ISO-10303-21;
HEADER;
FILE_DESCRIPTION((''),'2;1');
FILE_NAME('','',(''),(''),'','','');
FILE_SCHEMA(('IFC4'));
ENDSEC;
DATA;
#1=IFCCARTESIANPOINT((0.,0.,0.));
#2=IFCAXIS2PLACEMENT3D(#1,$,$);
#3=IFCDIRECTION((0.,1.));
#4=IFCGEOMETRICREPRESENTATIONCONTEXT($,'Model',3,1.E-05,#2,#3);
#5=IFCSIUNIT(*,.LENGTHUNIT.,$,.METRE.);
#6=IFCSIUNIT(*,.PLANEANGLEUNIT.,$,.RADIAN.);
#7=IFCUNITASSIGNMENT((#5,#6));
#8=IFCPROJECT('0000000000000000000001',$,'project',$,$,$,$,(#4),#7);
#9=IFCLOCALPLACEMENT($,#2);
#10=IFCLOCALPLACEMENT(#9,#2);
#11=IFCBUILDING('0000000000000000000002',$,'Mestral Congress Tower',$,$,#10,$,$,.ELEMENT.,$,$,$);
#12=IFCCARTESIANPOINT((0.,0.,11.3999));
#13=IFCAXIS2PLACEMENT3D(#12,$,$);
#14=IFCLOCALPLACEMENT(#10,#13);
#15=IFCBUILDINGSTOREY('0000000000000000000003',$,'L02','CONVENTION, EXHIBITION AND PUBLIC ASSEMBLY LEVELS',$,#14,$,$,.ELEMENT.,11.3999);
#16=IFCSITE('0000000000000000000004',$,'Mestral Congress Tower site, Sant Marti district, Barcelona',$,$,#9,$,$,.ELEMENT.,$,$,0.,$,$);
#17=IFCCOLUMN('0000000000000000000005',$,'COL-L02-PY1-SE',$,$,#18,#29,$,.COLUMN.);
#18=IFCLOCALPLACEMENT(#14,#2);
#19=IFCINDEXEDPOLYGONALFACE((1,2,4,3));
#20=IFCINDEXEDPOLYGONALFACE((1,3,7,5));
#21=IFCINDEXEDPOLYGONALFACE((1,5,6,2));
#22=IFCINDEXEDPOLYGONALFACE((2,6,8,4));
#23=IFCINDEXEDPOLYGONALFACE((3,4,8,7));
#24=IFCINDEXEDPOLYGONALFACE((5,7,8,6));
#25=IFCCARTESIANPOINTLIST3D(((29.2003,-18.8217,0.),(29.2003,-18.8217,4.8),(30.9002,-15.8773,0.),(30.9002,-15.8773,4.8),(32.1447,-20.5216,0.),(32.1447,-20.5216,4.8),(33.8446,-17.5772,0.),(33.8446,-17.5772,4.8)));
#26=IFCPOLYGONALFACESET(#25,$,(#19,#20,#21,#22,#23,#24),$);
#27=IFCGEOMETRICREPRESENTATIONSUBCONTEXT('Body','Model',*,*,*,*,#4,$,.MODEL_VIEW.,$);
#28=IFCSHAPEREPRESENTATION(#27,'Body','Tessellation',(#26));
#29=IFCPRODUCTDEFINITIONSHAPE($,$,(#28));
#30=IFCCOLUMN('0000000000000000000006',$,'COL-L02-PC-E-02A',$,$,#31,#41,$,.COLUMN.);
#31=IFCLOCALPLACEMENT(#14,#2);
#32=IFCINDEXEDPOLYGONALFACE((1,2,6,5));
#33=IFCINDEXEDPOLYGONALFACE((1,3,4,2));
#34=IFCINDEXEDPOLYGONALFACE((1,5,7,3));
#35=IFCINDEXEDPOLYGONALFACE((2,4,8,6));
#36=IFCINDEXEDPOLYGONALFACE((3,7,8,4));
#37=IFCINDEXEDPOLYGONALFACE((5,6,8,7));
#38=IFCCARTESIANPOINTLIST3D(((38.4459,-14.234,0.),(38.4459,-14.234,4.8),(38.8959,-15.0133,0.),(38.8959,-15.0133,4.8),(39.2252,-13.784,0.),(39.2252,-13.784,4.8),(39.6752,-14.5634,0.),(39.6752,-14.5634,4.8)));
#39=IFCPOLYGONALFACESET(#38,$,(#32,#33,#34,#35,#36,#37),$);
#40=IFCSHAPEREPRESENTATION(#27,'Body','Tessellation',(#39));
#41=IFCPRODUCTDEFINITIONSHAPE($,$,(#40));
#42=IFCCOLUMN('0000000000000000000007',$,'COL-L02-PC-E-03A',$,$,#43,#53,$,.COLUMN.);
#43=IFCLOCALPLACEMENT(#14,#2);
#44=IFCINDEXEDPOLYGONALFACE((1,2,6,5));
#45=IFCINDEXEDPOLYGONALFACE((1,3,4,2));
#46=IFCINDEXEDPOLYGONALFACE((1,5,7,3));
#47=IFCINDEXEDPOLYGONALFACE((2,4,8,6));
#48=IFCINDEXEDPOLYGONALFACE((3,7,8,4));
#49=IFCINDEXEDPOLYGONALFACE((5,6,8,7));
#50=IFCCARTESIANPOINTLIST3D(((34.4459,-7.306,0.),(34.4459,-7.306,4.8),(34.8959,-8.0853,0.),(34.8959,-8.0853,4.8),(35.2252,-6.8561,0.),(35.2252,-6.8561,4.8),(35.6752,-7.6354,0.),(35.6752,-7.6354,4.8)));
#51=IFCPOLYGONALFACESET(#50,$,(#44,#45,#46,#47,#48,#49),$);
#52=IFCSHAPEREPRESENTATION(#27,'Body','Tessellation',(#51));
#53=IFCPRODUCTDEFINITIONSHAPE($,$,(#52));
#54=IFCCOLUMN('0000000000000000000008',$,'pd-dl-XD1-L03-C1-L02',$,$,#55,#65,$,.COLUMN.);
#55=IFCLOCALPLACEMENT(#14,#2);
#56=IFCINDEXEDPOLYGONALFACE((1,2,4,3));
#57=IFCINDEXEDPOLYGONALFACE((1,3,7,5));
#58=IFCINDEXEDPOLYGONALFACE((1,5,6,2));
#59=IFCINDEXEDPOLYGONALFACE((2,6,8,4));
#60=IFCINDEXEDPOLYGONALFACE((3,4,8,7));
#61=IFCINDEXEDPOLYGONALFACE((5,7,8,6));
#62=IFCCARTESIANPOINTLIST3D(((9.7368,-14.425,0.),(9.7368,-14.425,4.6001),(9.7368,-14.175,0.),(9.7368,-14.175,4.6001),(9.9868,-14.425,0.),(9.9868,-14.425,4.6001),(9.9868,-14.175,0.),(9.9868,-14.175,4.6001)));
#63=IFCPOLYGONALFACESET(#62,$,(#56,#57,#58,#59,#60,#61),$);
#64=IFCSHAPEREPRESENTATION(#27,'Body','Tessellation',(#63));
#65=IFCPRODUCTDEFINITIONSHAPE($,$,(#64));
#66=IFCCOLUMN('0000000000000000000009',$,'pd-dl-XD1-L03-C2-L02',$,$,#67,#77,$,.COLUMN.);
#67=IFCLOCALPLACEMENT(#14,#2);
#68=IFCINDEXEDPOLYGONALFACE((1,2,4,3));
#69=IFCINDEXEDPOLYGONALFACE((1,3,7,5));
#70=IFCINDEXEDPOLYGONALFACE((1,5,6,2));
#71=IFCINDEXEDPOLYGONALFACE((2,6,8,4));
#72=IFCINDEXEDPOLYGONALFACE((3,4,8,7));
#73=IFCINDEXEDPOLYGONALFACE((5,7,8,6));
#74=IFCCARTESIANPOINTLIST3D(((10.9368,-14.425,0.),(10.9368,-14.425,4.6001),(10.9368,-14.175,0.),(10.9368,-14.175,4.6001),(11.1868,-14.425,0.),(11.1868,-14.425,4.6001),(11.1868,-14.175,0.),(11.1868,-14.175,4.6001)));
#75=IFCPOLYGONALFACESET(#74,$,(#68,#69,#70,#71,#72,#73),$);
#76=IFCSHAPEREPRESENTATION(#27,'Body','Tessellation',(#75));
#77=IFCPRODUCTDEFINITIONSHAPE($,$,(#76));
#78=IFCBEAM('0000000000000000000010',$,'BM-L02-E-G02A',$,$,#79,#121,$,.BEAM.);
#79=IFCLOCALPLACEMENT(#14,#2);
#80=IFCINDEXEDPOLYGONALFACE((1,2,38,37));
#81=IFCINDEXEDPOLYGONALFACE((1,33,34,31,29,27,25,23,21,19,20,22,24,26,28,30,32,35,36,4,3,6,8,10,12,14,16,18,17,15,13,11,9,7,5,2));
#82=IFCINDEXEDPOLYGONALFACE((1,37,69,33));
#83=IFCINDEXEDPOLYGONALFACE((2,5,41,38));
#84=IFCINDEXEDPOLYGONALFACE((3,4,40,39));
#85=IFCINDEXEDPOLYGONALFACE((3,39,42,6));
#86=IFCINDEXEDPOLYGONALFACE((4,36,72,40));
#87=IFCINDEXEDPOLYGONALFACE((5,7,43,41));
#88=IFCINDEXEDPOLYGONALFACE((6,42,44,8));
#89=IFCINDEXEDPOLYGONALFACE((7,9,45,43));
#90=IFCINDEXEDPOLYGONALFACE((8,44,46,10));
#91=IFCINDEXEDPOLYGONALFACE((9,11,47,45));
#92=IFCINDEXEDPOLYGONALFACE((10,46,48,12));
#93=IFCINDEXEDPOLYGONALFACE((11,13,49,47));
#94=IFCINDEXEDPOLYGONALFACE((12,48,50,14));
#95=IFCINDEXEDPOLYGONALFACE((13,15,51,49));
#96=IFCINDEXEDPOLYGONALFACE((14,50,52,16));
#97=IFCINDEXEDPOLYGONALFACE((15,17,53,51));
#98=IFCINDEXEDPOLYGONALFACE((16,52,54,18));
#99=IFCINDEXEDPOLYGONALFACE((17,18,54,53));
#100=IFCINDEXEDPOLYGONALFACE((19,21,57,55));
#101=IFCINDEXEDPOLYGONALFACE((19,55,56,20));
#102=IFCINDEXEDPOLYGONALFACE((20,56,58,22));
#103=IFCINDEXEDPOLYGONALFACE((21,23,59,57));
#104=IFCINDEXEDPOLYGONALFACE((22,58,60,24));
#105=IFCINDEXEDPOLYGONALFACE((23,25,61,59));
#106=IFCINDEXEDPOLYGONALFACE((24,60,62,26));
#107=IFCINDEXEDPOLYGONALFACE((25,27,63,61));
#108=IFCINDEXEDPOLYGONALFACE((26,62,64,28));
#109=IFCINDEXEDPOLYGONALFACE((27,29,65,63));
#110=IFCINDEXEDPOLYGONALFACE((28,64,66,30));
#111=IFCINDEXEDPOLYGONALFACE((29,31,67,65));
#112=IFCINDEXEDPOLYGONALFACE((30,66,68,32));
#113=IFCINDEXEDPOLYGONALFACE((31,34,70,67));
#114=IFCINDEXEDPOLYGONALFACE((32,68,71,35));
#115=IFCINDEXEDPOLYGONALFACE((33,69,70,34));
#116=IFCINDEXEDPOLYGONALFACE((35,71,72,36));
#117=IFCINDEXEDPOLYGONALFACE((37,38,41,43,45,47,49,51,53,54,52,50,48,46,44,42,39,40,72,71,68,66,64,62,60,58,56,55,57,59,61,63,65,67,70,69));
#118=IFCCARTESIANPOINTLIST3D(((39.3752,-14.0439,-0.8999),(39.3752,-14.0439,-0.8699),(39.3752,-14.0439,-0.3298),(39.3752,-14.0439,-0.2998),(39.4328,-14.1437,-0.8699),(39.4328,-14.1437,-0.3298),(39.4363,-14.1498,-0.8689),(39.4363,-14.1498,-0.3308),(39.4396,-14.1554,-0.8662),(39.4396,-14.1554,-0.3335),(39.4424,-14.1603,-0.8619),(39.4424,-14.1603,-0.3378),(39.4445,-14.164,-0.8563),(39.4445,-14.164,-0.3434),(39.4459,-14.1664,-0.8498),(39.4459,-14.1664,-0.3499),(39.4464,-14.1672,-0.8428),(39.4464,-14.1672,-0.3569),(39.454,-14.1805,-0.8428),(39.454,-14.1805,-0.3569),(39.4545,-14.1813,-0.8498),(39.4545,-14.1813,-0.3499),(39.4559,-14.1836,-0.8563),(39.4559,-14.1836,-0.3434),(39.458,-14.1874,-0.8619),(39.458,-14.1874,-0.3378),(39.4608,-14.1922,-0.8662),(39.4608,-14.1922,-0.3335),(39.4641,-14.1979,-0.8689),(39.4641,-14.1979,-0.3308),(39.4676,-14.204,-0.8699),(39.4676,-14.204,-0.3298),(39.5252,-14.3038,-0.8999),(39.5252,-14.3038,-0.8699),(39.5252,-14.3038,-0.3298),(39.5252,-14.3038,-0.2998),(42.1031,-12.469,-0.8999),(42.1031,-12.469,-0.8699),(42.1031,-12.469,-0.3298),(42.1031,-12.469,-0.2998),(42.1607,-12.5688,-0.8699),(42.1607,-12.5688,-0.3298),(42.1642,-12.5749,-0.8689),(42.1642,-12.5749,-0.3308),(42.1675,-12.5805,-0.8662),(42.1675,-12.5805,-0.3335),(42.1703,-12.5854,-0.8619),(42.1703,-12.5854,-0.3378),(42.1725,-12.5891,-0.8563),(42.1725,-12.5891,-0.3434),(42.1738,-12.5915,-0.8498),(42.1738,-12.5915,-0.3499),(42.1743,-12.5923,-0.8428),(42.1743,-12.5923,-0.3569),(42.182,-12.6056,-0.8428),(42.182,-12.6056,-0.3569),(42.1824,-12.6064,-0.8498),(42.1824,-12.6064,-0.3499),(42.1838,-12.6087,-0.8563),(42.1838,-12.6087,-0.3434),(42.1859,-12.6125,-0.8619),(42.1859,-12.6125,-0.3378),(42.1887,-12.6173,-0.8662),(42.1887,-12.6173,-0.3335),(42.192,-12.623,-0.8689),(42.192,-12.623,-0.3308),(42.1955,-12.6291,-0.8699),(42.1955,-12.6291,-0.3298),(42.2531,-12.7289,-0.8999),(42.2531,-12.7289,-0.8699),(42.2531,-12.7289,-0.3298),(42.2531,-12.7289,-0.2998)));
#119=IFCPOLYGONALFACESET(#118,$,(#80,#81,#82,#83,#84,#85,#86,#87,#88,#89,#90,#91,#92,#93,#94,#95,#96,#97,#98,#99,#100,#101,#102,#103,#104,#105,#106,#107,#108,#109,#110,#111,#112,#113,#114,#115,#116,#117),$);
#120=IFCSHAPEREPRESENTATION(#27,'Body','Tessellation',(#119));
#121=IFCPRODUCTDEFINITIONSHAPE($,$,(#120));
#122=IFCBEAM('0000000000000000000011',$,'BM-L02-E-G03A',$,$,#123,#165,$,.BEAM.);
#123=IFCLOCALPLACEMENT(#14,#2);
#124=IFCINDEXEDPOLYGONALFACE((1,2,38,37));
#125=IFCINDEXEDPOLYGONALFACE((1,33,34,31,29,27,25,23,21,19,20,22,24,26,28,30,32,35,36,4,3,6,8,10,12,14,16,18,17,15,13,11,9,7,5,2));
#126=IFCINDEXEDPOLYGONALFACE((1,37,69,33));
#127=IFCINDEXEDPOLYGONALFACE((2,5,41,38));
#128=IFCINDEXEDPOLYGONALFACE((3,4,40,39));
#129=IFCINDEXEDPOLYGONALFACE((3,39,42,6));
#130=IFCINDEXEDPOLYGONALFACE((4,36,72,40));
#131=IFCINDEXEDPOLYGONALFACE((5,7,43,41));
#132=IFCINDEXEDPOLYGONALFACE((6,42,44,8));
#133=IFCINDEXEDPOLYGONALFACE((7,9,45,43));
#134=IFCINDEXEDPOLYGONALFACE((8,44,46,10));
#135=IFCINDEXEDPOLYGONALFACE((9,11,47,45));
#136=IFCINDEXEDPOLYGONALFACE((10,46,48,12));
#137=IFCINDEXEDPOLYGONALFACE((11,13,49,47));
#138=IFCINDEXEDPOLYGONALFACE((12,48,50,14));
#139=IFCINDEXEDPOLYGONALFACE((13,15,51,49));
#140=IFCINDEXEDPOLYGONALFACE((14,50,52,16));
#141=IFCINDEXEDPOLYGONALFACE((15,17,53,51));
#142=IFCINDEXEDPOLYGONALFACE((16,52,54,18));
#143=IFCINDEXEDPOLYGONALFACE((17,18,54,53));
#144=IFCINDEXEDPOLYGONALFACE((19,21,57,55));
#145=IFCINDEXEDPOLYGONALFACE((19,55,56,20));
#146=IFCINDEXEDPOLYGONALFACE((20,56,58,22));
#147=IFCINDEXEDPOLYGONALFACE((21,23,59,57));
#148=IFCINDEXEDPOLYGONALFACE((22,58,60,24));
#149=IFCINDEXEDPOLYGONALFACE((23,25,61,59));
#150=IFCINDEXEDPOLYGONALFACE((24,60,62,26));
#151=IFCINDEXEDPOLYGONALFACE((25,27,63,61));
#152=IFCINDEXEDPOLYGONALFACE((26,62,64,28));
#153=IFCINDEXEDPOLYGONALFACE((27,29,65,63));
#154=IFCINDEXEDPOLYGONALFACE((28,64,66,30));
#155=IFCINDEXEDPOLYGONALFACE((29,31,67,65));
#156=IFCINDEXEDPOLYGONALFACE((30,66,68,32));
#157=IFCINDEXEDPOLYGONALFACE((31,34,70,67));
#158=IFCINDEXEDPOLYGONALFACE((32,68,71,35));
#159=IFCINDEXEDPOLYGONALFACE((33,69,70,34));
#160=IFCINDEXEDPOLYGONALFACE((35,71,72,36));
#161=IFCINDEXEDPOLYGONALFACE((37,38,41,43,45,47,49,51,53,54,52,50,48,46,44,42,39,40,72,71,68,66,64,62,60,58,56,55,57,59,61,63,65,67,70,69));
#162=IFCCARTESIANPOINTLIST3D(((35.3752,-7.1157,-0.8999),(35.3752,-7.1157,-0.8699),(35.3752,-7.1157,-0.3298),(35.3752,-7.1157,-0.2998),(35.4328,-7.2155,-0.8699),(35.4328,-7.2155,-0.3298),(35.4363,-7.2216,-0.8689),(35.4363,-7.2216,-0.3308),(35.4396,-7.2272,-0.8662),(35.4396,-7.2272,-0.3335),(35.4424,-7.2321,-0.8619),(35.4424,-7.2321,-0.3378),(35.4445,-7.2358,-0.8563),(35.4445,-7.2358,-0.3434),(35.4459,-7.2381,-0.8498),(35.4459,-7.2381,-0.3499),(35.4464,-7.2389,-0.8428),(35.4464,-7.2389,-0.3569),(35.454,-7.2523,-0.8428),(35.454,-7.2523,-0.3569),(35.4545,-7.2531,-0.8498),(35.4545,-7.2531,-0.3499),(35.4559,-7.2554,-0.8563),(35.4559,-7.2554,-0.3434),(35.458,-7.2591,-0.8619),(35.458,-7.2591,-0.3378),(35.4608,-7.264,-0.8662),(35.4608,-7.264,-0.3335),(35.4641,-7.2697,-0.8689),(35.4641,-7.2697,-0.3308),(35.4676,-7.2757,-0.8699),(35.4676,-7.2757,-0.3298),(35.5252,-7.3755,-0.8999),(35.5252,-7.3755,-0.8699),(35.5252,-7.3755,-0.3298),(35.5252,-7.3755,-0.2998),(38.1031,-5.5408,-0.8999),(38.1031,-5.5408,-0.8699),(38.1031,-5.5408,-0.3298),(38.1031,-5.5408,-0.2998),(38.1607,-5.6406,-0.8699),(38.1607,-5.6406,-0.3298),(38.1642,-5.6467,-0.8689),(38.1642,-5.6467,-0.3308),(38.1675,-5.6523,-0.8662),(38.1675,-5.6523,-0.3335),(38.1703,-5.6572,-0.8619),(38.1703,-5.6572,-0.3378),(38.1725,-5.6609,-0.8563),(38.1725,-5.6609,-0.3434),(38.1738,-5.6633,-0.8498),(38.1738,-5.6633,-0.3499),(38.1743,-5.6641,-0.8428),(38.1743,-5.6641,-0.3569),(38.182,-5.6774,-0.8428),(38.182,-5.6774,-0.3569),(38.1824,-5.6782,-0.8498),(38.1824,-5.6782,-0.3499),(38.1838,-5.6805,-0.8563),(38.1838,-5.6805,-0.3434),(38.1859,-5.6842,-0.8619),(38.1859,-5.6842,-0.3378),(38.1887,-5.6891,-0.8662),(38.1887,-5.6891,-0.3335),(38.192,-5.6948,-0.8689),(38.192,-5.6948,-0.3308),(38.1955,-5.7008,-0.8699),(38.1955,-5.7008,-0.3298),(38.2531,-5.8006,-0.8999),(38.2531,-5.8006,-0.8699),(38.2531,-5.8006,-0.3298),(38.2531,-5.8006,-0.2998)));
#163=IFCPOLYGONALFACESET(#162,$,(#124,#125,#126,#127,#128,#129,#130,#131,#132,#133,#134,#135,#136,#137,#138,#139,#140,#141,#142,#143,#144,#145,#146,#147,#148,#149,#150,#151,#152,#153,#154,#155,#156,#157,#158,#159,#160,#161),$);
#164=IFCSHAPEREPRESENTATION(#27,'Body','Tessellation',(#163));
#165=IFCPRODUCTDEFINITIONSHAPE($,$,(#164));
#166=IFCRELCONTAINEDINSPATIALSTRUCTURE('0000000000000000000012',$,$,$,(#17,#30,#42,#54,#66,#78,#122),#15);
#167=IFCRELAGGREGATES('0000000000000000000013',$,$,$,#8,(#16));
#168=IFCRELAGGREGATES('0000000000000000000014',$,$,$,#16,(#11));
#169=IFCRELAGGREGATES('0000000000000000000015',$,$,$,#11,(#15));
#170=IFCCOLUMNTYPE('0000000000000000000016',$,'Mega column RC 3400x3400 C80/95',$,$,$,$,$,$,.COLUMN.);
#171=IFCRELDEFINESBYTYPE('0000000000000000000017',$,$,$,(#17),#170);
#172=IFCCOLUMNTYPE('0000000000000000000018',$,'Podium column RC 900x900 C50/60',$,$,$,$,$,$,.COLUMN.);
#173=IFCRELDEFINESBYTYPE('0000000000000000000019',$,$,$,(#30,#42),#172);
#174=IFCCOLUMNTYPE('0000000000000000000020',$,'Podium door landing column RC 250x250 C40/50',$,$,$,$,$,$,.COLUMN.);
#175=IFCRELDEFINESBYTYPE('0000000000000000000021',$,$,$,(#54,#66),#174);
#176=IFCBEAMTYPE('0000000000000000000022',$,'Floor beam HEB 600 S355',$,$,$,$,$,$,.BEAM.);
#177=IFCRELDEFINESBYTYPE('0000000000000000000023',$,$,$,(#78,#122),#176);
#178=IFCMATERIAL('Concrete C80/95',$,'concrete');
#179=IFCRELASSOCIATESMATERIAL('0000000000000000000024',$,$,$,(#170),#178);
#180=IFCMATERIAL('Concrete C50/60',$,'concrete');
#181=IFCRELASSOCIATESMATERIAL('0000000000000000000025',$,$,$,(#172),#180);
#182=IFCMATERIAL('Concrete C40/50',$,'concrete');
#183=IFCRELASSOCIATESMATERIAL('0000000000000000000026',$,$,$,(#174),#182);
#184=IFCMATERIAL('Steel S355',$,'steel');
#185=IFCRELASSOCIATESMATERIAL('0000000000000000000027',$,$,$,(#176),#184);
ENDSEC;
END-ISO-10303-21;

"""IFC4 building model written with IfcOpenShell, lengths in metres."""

from ifc_helpers import new_model, si_unit, direction, frame, origin, origin_2d, place, context, subcontext, project, spatial, rectangle, i_section, extrude, material, material_profile, profile_set, type_object, element, save


model = new_model("IFC4")

# Units and contexts
model_context = context("Model", 3, precision=1e-05, world=origin(), true_north=direction((0.0, 1.0)))
body_context = subcontext(model_context, "Body", "Model", "MODEL_VIEW")
ifc_project = project(units=[si_unit("LENGTHUNIT", "METRE"), si_unit("PLANEANGLEUNIT", "RADIAN")], contexts=[model_context])

# Site, building, storey
site_placement = place(None, origin())
site = spatial("IfcSite", under=ifc_project, at=site_placement, Name="Mestral Congress Tower site, Sant Marti district, Barcelona", CompositionType="ELEMENT", RefElevation=0.0)
building_placement = place(site_placement, origin())
building = spatial("IfcBuilding", under=site, at=building_placement, Name="Mestral Congress Tower", CompositionType="ELEMENT")
storey_placement = place(building_placement, frame((0.0, 0.0, 11.3999)))
storey = spatial("IfcBuildingStorey", under=building, at=storey_placement, Name="L02", Description="CONVENTION, EXHIBITION AND PUBLIC ASSEMBLY LEVELS", CompositionType="ELEMENT", Elevation=11.3999)

# Columns
ifc_material_1 = material(Name="Concrete C80/95", Category="concrete")
ifc_material_profile_1 = material_profile(ifc_material_1, rectangle(XDim=3.3999, YDim=3.3999, at=origin_2d()), Name="RC 3400x3400")
ifc_profile_set_1 = profile_set([ifc_material_profile_1], Name="Concrete C80/95")
column_type_1 = type_object("IfcColumnType", Name="Mega column RC 3400x3400 C80/95", PredefinedType="COLUMN", material=ifc_profile_set_1)
column_placement = place(storey_placement, frame((31.5225, -18.1995, 0.0), z_axis=(0.0, 0.0, 1.0), x_axis=(0.866025, -0.5, 0.0)))
element("IfcColumn", 1, at=column_placement, inside=storey, type_object=column_type_1, Name="COL-L02-PY1-SE", PredefinedType="COLUMN", context=body_context, shape_type="SweptSolid", body=[
    extrude(rectangle(XDim=3.3999, YDim=3.3999, at=origin_2d()), origin(), (0.0, 0.0, 1.0), 4.8),
])
ifc_material_2 = material(Name="Concrete C50/60", Category="concrete")
ifc_material_profile_2 = material_profile(ifc_material_2, rectangle(XDim=0.8999, YDim=0.8999, at=origin_2d()), Name="RC 900x900")
ifc_profile_set_2 = profile_set([ifc_material_profile_2], Name="Concrete C50/60")
column_type_2 = type_object("IfcColumnType", Name="Podium column RC 900x900 C50/60", PredefinedType="COLUMN", material=ifc_profile_set_2)
for number, where, z_axis, x_axis, name in (
    (2, (39.0605, -14.3987, 0.0), (0.0, 0.0, 1.0), (-0.5, 0.866025, 0.0), "COL-L02-PC-E-02A"),
    (3, (35.0605, -7.4707, 0.0), (0.0, 0.0, 1.0), (-0.5, 0.866025, 0.0), "COL-L02-PC-E-03A"),
):
    element("IfcColumn", number, at=place(storey_placement, frame(where, z_axis=z_axis, x_axis=x_axis)), inside=storey, type_object=column_type_2, Name=name, PredefinedType="COLUMN", context=body_context, shape_type="SweptSolid", body=[
        extrude(rectangle(XDim=0.8999, YDim=0.8999, at=origin_2d()), origin(), (0.0, 0.0, 1.0), 4.8),
    ])
ifc_material_3 = material(Name="Concrete C40/50", Category="concrete")
ifc_material_profile_3 = material_profile(ifc_material_3, rectangle(XDim=0.25, YDim=0.25, at=origin_2d()), Name="RC 250x250")
ifc_profile_set_3 = profile_set([ifc_material_profile_3], Name="Concrete C40/50")
column_type_3 = type_object("IfcColumnType", Name="Podium door landing column RC 250x250 C40/50", PredefinedType="COLUMN", material=ifc_profile_set_3)
for number, where, z_axis, x_axis, name in (
    (4, (9.8618, -14.3, 0.0), (0.0, 0.0, 1.0), (1.0, 0.0, 0.0), "pd-dl-XD1-L03-C1-L02"),
    (5, (11.0618, -14.3, 0.0), (0.0, 0.0, 1.0), (1.0, 0.0, 0.0), "pd-dl-XD1-L03-C2-L02"),
):
    element("IfcColumn", number, at=place(storey_placement, frame(where, z_axis=z_axis, x_axis=x_axis)), inside=storey, type_object=column_type_3, Name=name, PredefinedType="COLUMN", context=body_context, shape_type="SweptSolid", body=[
        extrude(rectangle(XDim=0.25, YDim=0.25, at=origin_2d()), origin(), (0.0, 0.0, 1.0), 4.6001),
    ])

# Beams
ifc_material_4 = material(Name="Steel S355", Category="steel")
ifc_material_profile_4 = material_profile(ifc_material_4, i_section(OverallWidth=0.3, OverallDepth=0.6001, WebThickness=0.0154, FlangeThickness=0.03, FilletRadius=0.0271, at=origin_2d()), Name="HEB 600")
ifc_profile_set_4 = profile_set([ifc_material_profile_4], Name="Steel S355")
beam_type_1 = type_object("IfcBeamType", Name="Floor beam HEB 600 S355", PredefinedType="BEAM", material=ifc_profile_set_4)
for number, where, z_axis, x_axis, name in (
    (6, (39.4502, -14.1738, -0.5999), (0.866036, 0.499982, 0.0), (-0.499982, 0.866036, 0.0), "BM-L02-E-G02A"),
    (7, (35.4502, -7.2456, -0.5999), (0.866036, 0.499982, 0.0), (-0.499982, 0.866036, 0.0), "BM-L02-E-G03A"),
):
    element("IfcBeam", number, at=place(storey_placement, frame(where, z_axis=z_axis, x_axis=x_axis)), inside=storey, type_object=beam_type_1, Name=name, PredefinedType="BEAM", context=body_context, shape_type="SweptSolid", body=[
        extrude(i_section(OverallWidth=0.3, OverallDepth=0.6001, WebThickness=0.0154, FlangeThickness=0.03, FilletRadius=0.0271, at=origin_2d()), origin(), (0.0, 0.0, 1.0), 3.1499),
    ])

save(model, "model.ifc")
